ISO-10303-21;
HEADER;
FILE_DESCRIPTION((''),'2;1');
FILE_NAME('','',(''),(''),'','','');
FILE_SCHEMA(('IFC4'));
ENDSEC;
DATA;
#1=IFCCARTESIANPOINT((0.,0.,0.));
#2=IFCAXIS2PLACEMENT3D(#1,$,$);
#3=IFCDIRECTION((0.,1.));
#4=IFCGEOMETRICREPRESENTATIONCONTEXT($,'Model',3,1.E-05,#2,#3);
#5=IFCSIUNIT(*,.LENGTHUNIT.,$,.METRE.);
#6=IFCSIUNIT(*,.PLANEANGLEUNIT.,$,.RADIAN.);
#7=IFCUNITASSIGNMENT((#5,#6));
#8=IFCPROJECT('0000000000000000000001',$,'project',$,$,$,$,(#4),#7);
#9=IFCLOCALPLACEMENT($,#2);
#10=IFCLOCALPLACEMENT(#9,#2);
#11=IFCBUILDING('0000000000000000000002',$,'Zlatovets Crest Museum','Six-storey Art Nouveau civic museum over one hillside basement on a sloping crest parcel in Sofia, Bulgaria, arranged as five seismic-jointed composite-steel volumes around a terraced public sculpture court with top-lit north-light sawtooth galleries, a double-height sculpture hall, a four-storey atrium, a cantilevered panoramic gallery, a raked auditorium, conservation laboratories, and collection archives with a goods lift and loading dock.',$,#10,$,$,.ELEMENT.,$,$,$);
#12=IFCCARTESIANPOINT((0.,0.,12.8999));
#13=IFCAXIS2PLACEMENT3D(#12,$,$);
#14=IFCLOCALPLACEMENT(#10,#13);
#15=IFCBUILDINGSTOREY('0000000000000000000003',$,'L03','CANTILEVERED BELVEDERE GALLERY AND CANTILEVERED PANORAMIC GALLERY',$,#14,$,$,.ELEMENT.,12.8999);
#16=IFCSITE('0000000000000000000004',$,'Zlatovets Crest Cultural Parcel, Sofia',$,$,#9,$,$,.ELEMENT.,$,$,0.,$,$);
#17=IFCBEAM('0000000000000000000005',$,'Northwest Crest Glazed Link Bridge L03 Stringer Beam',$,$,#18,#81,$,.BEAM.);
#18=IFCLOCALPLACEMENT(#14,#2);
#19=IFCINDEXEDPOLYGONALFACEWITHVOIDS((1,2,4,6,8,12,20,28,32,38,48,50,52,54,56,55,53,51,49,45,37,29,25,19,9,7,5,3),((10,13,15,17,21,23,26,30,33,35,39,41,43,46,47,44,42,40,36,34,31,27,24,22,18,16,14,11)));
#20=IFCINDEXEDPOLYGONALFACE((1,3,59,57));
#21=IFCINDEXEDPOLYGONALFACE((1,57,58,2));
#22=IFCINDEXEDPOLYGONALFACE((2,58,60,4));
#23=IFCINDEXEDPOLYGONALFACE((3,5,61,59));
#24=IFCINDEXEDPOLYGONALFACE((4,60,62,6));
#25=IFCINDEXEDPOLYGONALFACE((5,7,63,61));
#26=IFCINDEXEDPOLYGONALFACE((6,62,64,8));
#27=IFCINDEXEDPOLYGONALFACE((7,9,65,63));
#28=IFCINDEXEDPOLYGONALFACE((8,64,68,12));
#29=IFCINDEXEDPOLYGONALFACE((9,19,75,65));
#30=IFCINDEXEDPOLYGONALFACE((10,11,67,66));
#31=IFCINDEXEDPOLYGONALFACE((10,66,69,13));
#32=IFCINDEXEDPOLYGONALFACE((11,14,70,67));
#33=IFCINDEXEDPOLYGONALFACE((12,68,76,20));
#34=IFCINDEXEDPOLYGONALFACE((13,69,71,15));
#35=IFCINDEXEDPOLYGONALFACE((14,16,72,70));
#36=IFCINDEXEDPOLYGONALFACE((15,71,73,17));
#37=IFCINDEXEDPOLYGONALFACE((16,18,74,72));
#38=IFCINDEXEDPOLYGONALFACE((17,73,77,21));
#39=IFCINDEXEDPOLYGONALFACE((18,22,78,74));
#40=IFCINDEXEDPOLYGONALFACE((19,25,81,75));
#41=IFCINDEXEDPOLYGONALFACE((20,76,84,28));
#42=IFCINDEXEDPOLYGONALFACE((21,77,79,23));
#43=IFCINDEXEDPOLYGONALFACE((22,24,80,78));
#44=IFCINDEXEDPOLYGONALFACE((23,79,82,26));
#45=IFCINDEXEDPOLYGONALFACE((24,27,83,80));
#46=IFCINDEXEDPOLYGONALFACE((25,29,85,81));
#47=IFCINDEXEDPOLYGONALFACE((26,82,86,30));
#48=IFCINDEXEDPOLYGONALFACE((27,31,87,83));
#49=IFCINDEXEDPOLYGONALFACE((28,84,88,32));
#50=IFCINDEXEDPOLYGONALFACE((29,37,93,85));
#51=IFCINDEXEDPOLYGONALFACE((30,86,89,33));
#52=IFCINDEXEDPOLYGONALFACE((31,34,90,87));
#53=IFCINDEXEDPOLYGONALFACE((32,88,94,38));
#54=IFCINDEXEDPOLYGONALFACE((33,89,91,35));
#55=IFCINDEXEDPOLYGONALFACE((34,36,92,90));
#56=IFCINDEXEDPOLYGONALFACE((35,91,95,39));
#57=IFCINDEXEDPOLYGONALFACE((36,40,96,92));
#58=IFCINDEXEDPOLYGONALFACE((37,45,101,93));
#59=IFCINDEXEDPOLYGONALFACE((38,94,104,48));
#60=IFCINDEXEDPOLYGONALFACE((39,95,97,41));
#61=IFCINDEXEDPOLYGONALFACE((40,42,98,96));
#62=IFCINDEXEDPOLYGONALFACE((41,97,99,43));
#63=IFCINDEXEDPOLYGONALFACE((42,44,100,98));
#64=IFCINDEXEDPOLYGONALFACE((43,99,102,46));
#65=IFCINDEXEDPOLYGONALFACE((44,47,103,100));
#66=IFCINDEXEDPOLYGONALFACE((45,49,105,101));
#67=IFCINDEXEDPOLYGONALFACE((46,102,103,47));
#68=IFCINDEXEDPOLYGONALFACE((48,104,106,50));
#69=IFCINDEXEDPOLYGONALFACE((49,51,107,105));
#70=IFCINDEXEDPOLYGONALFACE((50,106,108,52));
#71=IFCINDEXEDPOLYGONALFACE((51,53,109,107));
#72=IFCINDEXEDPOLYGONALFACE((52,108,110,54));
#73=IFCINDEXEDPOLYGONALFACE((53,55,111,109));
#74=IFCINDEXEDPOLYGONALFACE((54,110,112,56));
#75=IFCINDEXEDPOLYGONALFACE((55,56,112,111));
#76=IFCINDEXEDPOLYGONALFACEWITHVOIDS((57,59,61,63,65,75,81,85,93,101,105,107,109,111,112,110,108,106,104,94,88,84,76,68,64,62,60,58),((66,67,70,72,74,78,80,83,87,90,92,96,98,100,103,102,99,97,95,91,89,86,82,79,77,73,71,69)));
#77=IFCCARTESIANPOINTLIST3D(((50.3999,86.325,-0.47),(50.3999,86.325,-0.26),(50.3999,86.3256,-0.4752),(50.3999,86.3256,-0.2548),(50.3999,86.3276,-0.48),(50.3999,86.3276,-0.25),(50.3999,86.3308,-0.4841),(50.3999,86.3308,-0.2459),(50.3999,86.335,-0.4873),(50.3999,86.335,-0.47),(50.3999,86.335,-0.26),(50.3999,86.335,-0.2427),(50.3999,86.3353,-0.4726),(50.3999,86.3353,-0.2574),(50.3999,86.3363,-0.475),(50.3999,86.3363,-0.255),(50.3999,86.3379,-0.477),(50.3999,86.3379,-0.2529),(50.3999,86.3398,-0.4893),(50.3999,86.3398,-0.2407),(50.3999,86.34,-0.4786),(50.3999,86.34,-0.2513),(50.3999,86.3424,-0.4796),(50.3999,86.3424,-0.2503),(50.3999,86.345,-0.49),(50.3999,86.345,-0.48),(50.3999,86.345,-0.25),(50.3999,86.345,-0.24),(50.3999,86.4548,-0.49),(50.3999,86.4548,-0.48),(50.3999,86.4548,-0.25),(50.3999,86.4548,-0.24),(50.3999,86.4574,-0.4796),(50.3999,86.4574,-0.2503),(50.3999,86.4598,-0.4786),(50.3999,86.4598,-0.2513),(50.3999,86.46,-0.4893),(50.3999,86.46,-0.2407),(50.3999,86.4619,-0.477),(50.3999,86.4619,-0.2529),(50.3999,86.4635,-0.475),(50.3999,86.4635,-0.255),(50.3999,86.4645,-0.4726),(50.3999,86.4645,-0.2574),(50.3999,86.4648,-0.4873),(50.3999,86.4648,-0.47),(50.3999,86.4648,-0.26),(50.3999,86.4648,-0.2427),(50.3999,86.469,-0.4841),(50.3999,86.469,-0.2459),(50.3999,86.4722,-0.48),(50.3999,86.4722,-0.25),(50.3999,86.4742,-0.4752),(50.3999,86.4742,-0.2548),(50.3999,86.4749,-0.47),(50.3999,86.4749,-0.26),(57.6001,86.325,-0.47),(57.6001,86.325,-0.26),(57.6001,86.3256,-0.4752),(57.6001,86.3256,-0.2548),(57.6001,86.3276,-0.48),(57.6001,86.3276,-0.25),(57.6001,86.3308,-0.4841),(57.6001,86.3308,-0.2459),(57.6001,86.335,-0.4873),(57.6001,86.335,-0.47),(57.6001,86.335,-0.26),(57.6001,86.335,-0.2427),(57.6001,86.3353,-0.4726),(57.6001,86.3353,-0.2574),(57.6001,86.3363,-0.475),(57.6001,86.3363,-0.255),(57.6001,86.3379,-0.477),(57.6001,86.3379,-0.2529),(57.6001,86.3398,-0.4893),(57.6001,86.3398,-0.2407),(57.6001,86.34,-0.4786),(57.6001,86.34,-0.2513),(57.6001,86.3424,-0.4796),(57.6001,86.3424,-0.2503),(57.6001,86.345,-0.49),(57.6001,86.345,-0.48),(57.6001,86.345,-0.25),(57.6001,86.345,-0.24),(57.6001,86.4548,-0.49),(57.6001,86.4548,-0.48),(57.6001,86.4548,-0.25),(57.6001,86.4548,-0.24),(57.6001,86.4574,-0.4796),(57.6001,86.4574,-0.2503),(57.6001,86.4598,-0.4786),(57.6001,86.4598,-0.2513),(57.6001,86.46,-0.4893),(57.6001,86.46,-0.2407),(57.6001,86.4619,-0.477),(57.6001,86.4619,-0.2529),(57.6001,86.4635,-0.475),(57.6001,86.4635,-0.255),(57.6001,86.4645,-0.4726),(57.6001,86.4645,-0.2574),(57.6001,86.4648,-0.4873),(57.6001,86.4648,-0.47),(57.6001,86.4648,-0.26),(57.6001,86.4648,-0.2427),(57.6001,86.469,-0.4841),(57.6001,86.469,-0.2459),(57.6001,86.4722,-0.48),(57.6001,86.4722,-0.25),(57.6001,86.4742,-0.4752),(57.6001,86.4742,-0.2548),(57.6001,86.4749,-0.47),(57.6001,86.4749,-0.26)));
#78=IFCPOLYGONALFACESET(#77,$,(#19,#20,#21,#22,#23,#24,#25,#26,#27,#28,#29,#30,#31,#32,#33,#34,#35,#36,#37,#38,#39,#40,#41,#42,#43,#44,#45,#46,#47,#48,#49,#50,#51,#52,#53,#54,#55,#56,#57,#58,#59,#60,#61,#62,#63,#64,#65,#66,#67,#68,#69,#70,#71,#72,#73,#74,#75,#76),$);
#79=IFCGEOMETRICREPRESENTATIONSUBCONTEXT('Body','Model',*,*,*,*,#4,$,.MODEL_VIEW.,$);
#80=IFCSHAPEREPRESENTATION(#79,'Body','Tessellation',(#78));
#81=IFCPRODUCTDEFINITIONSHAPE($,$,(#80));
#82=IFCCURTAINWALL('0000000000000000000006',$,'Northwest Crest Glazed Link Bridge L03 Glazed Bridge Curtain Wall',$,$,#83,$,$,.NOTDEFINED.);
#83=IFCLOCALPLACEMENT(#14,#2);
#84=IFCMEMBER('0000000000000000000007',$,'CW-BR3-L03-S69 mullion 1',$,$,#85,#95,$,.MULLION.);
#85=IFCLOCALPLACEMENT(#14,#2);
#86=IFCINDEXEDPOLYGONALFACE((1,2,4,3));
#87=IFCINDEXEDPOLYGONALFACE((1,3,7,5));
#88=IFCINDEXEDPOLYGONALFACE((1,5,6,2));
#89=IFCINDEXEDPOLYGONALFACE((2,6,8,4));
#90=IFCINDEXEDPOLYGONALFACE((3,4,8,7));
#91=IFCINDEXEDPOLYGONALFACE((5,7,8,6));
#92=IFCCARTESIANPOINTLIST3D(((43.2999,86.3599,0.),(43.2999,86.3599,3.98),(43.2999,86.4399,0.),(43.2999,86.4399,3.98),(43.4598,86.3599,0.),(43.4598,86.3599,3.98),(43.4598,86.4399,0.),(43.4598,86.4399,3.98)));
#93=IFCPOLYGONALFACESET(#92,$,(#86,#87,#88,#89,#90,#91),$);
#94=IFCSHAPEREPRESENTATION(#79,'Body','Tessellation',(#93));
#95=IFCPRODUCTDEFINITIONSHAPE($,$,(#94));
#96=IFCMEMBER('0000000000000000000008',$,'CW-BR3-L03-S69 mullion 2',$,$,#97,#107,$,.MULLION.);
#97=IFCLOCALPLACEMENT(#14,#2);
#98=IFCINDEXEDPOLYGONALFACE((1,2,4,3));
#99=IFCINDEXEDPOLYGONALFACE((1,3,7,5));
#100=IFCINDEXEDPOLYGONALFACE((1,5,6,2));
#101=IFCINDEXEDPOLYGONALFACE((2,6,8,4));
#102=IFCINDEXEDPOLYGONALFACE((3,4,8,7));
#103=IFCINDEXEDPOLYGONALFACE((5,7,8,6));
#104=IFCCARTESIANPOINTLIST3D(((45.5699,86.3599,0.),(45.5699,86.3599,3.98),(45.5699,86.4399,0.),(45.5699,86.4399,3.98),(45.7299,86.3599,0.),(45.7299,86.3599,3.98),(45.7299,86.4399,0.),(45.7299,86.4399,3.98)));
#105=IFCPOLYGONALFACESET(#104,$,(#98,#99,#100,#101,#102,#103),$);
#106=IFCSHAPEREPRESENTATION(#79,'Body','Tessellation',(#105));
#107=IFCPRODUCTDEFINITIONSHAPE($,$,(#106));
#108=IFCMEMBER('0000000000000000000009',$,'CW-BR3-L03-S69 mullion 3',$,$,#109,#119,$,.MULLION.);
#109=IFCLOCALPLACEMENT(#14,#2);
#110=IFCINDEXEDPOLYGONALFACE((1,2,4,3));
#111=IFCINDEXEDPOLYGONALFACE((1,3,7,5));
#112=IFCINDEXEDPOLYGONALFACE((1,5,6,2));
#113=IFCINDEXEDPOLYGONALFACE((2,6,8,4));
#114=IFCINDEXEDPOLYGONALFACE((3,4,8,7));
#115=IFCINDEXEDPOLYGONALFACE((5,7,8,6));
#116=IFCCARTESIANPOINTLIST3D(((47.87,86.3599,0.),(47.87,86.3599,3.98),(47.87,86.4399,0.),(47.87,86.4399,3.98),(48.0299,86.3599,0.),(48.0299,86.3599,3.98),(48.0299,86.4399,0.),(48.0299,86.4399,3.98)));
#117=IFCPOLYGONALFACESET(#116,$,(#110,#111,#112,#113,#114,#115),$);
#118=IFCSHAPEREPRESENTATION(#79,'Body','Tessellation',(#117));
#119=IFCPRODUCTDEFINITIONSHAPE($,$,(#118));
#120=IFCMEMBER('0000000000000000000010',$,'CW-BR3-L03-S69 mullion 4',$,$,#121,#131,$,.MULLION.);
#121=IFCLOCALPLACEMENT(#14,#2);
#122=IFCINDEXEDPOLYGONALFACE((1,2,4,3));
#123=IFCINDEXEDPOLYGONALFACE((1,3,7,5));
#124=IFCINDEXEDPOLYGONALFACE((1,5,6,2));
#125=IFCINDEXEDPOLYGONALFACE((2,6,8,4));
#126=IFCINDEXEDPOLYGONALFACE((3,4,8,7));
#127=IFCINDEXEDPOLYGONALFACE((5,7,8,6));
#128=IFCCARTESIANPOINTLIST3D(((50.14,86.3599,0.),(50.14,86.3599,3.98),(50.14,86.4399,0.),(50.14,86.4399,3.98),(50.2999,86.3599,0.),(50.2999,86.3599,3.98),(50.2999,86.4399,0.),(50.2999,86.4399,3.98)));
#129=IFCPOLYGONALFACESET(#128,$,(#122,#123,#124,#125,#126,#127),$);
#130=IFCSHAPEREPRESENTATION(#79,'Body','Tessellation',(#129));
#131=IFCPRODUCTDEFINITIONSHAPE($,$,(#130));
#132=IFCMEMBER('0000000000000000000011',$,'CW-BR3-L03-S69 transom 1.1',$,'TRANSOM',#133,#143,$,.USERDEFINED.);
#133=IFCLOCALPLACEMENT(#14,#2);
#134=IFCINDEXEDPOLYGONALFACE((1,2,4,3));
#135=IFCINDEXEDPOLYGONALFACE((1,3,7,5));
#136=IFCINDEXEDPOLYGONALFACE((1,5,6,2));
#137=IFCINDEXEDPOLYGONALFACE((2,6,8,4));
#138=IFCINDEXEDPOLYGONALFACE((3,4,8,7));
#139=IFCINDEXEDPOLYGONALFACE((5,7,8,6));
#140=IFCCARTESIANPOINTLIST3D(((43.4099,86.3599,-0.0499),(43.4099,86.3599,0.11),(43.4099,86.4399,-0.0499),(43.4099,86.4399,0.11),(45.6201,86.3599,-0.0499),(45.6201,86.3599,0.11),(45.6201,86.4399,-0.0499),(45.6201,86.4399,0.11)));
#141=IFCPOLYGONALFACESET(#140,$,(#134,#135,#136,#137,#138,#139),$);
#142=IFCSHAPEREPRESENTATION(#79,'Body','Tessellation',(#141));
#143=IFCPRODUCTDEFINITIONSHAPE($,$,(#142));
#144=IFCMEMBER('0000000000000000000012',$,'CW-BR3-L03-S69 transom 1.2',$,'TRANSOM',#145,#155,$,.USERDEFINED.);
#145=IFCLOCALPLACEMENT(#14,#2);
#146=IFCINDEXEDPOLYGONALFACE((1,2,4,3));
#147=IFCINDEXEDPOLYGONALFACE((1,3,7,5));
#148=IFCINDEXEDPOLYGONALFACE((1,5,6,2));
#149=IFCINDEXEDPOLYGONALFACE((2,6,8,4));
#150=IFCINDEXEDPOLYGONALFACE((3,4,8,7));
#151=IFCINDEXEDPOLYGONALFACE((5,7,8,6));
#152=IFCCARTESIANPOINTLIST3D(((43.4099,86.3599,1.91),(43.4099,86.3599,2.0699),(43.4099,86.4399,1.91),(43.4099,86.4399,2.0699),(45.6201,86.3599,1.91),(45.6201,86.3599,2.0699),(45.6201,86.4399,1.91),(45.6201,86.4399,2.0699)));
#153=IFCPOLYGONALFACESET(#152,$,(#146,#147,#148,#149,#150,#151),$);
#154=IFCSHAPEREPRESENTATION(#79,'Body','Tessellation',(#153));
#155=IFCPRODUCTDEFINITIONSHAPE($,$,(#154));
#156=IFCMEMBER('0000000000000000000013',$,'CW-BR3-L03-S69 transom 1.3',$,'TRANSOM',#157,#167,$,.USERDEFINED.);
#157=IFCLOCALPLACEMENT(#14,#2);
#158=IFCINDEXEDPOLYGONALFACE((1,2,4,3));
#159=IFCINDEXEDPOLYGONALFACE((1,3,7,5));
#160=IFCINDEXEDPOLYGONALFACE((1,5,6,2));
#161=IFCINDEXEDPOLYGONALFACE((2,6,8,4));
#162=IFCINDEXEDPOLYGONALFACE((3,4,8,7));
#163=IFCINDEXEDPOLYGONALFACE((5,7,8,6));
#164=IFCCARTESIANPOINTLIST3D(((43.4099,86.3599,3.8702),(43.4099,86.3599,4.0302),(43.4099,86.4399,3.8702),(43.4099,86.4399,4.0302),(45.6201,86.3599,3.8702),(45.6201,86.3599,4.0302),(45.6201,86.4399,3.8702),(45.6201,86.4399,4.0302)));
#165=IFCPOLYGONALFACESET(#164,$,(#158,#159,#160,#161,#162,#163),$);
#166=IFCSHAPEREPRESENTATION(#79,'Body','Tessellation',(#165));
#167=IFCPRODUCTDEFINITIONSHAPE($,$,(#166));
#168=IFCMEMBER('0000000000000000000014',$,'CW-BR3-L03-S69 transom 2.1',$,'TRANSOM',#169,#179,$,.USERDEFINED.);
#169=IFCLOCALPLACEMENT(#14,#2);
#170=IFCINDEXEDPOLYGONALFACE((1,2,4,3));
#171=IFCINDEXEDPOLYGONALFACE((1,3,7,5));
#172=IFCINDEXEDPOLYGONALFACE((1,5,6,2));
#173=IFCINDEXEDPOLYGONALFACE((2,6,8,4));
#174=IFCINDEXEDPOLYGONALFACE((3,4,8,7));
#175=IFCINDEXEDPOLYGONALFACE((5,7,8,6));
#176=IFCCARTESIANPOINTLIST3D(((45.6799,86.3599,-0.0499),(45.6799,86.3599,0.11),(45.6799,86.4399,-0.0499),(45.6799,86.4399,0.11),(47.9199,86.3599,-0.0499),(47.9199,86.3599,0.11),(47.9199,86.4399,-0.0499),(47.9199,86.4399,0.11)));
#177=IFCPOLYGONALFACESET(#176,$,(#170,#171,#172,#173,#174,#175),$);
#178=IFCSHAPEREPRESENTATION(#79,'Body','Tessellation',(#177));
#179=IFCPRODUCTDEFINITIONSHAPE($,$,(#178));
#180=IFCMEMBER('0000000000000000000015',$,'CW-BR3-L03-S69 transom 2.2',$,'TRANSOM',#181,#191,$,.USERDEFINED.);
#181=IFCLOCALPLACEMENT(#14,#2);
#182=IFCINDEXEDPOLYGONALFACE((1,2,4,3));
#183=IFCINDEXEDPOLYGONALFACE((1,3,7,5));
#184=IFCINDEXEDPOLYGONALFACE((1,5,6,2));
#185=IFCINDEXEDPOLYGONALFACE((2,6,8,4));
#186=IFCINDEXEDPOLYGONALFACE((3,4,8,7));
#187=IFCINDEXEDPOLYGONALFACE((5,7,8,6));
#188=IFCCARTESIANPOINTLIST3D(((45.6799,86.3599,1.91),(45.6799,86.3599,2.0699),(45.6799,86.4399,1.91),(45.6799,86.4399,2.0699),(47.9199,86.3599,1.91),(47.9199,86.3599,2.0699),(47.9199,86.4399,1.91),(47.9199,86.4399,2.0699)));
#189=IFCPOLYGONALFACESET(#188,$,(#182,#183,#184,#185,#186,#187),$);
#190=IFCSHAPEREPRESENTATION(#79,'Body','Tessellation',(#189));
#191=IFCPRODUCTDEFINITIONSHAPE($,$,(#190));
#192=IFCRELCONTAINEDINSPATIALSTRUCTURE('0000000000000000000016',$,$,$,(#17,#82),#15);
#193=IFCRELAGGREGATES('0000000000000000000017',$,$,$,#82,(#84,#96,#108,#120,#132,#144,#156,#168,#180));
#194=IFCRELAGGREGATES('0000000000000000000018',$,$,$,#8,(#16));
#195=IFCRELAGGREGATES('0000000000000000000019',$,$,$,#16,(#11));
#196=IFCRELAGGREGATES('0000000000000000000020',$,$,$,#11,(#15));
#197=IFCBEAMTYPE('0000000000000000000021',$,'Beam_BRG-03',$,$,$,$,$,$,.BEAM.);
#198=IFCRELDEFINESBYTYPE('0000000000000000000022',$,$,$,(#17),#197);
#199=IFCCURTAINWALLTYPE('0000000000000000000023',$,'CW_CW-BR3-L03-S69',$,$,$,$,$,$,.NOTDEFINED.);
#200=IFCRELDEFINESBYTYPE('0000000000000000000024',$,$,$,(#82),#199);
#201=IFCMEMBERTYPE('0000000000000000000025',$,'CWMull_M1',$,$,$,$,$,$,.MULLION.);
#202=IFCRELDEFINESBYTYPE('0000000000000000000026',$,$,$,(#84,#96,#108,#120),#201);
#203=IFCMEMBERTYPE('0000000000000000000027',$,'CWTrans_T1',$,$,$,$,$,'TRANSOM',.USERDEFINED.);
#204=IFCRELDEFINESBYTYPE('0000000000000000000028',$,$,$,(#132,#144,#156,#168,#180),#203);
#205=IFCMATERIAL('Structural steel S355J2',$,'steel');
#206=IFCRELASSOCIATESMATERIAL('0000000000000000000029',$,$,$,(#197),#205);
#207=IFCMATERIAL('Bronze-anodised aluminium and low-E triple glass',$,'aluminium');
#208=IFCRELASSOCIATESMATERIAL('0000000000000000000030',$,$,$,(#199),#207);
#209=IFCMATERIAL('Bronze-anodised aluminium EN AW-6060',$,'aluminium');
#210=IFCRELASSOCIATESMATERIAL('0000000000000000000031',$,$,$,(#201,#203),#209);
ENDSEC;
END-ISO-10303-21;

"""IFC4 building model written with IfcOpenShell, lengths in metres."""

from ifc_helpers import new_model, si_unit, direction, frame, origin, origin_2d, place, context, subcontext, project, spatial, rectangle, hollow_rectangle, extrude, material, material_profile, profile_set, type_object, element, aggregate, save


model = new_model("IFC4")

# Units and contexts
model_context = context("Model", 3, precision=1e-05, world=origin(), true_north=direction((0.0, 1.0)))
body_context = subcontext(model_context, "Body", "Model", "MODEL_VIEW")
ifc_project = project(units=[si_unit("LENGTHUNIT", "METRE"), si_unit("PLANEANGLEUNIT", "RADIAN")], contexts=[model_context])

# Site, building, storey
site_placement = place(None, origin())
site = spatial("IfcSite", under=ifc_project, at=site_placement, Name="Zlatovets Crest Cultural Parcel, Sofia", CompositionType="ELEMENT", RefElevation=0.0)
building_placement = place(site_placement, origin())
building = spatial("IfcBuilding", under=site, at=building_placement, Name="Zlatovets Crest Museum", Description="Six-storey Art Nouveau civic museum over one hillside basement on a sloping crest parcel in Sofia, Bulgaria, arranged as five seismic-jointed composite-steel volumes around a terraced public sculpture court with top-lit north-light sawtooth galleries, a double-height sculpture hall, a four-storey atrium, a cantilevered panoramic gallery, a raked auditorium, conservation laboratories, and collection archives with a goods lift and loading dock.", CompositionType="ELEMENT")
storey_placement = place(building_placement, frame((0.0, 0.0, 12.8999)))
storey = spatial("IfcBuildingStorey", under=building, at=storey_placement, Name="L03", Description="CANTILEVERED BELVEDERE GALLERY AND CANTILEVERED PANORAMIC GALLERY", CompositionType="ELEMENT", Elevation=12.8999)

# Shared definitions
ifc_material_1 = material(Name="Structural steel S355J2", Category="steel")

# Beam
ifc_material_profile_1 = material_profile(ifc_material_1, hollow_rectangle(XDim=0.1499, YDim=0.25, WallThickness=0.01, InnerFilletRadius=0.01, OuterFilletRadius=0.02, at=origin_2d()), Name="RHS 150x250x10.0")
ifc_profile_set_1 = profile_set([ifc_material_profile_1], Name="Structural steel S355J2")
beam_type_1 = type_object("IfcBeamType", Name="Beam_BRG-03", PredefinedType="BEAM", material=ifc_profile_set_1)
beam_placement = place(storey_placement, frame((50.3999, 86.3999, -0.365), z_axis=(1.0, 0.0, 0.0), x_axis=(0.0, 1.0, 0.0)))
element("IfcBeam", 1, at=beam_placement, inside=storey, type_object=beam_type_1, Name="Northwest Crest Glazed Link Bridge L03 Stringer Beam", PredefinedType="BEAM", context=body_context, shape_type="SweptSolid", body=[
    extrude(hollow_rectangle(XDim=0.1499, YDim=0.25, WallThickness=0.01, InnerFilletRadius=0.01, OuterFilletRadius=0.02, at=origin_2d()), origin(), (0.0, 0.0, 1.0), 7.2002),
])

# Curtain wall, members
ifc_material_2 = material(Name="Bronze-anodised aluminium and low-E triple glass", Category="aluminium")
curtain_wall_type = type_object("IfcCurtainWallType", Name="CW_CW-BR3-L03-S69", PredefinedType="NOTDEFINED", material=ifc_material_2)
curtain_wall_placement = place(storey_placement, origin())
curtain_wall = element("IfcCurtainWall", 2, at=curtain_wall_placement, inside=storey, type_object=curtain_wall_type, Name="Northwest Crest Glazed Link Bridge L03 Glazed Bridge Curtain Wall", PredefinedType="NOTDEFINED")
ifc_material_3 = material(Name="Bronze-anodised aluminium EN AW-6060", Category="aluminium")
ifc_material_profile_2 = material_profile(ifc_material_3, rectangle(XDim=0.0801, YDim=0.1599, at=origin_2d()), Name="ALU 80x160")
ifc_profile_set_2 = profile_set([ifc_material_profile_2], Name="Bronze-anodised aluminium EN AW-6060")
member_type_1 = type_object("IfcMemberType", Name="CWMull_M1", PredefinedType="MULLION", material=ifc_profile_set_2)
member_1_placement = place(storey_placement, frame((43.3799, 86.3999, 0.0), z_axis=(0.0, 0.0, 1.0), x_axis=(0.0, 1.0, 0.0)))
member_1 = element("IfcMember", 3, at=member_1_placement, type_object=member_type_1, Name="CW-BR3-L03-S69 mullion 1", PredefinedType="MULLION", context=body_context, shape_type="SweptSolid", body=[
    extrude(rectangle(XDim=0.0801, YDim=0.1599, at=origin_2d()), origin(), (0.0, 0.0, 1.0), 3.98),
])
member_2_placement = place(storey_placement, frame((45.6499, 86.3999, 0.0), z_axis=(0.0, 0.0, 1.0), x_axis=(0.0, 1.0, 0.0)))
member_2 = element("IfcMember", 4, at=member_2_placement, type_object=member_type_1, Name="CW-BR3-L03-S69 mullion 2", PredefinedType="MULLION", context=body_context, shape_type="SweptSolid", body=[
    extrude(rectangle(XDim=0.0801, YDim=0.1599, at=origin_2d()), origin(), (0.0, 0.0, 1.0), 3.98),
])
member_3_placement = place(storey_placement, frame((47.95, 86.3999, 0.0), z_axis=(0.0, 0.0, 1.0), x_axis=(0.0, 1.0, 0.0)))
member_3 = element("IfcMember", 5, at=member_3_placement, type_object=member_type_1, Name="CW-BR3-L03-S69 mullion 3", PredefinedType="MULLION", context=body_context, shape_type="SweptSolid", body=[
    extrude(rectangle(XDim=0.0801, YDim=0.1599, at=origin_2d()), origin(), (0.0, 0.0, 1.0), 3.98),
])
member_4_placement = place(storey_placement, frame((50.22, 86.3999, 0.0), z_axis=(0.0, 0.0, 1.0), x_axis=(0.0, 1.0, 0.0)))
member_4 = element("IfcMember", 6, at=member_4_placement, type_object=member_type_1, Name="CW-BR3-L03-S69 mullion 4", PredefinedType="MULLION", context=body_context, shape_type="SweptSolid", body=[
    extrude(rectangle(XDim=0.0801, YDim=0.1599, at=origin_2d()), origin(), (0.0, 0.0, 1.0), 3.98),
])
ifc_material_profile_3 = material_profile(ifc_material_3, rectangle(XDim=0.0801, YDim=0.1599, at=origin_2d()), Name="ALU 80x160")
ifc_profile_set_3 = profile_set([ifc_material_profile_3], Name="Bronze-anodised aluminium EN AW-6060")
member_type_2 = type_object("IfcMemberType", Name="CWTrans_T1", ElementType="TRANSOM", PredefinedType="USERDEFINED", material=ifc_profile_set_3)
member_5_placement = place(storey_placement, frame((43.4099, 86.3999, 0.03), z_axis=(1.0, 0.0, 0.0), x_axis=(0.0, 1.0, 0.0)))
member_5 = element("IfcMember", 7, at=member_5_placement, type_object=member_type_2, Name="CW-BR3-L03-S69 transom 1.1", ObjectType="TRANSOM", PredefinedType="USERDEFINED", context=body_context, shape_type="SweptSolid", body=[
    extrude(rectangle(XDim=0.0801, YDim=0.1599, at=origin_2d()), origin(), (0.0, 0.0, 1.0), 2.2102),
])
member_6_placement = place(storey_placement, frame((43.4099, 86.3999, 1.99), z_axis=(1.0, 0.0, 0.0), x_axis=(0.0, 1.0, 0.0)))
member_6 = element("IfcMember", 8, at=member_6_placement, type_object=member_type_2, Name="CW-BR3-L03-S69 transom 1.2", ObjectType="TRANSOM", PredefinedType="USERDEFINED", context=body_context, shape_type="SweptSolid", body=[
    extrude(rectangle(XDim=0.0801, YDim=0.1599, at=origin_2d()), origin(), (0.0, 0.0, 1.0), 2.2102),
])
member_7_placement = place(storey_placement, frame((43.4099, 86.3999, 3.9502), z_axis=(1.0, 0.0, 0.0), x_axis=(0.0, 1.0, 0.0)))
member_7 = element("IfcMember", 9, at=member_7_placement, type_object=member_type_2, Name="CW-BR3-L03-S69 transom 1.3", ObjectType="TRANSOM", PredefinedType="USERDEFINED", context=body_context, shape_type="SweptSolid", body=[
    extrude(rectangle(XDim=0.0801, YDim=0.1599, at=origin_2d()), origin(), (0.0, 0.0, 1.0), 2.2102),
])
member_8_placement = place(storey_placement, frame((45.6799, 86.3999, 0.03), z_axis=(1.0, 0.0, 0.0), x_axis=(0.0, 1.0, 0.0)))
member_8 = element("IfcMember", 10, at=member_8_placement, type_object=member_type_2, Name="CW-BR3-L03-S69 transom 2.1", ObjectType="TRANSOM", PredefinedType="USERDEFINED", context=body_context, shape_type="SweptSolid", body=[
    extrude(rectangle(XDim=0.0801, YDim=0.1599, at=origin_2d()), origin(), (0.0, 0.0, 1.0), 2.24),
])
member_9_placement = place(storey_placement, frame((45.6799, 86.3999, 1.99), z_axis=(1.0, 0.0, 0.0), x_axis=(0.0, 1.0, 0.0)))
member_9 = element("IfcMember", 11, at=member_9_placement, type_object=member_type_2, Name="CW-BR3-L03-S69 transom 2.2", ObjectType="TRANSOM", PredefinedType="USERDEFINED", context=body_context, shape_type="SweptSolid", body=[
    extrude(rectangle(XDim=0.0801, YDim=0.1599, at=origin_2d()), origin(), (0.0, 0.0, 1.0), 2.24),
])
aggregate(curtain_wall, [member_1, member_2, member_3, member_4, member_5, member_6, member_7, member_8, member_9])

save(model, "model.ifc")
